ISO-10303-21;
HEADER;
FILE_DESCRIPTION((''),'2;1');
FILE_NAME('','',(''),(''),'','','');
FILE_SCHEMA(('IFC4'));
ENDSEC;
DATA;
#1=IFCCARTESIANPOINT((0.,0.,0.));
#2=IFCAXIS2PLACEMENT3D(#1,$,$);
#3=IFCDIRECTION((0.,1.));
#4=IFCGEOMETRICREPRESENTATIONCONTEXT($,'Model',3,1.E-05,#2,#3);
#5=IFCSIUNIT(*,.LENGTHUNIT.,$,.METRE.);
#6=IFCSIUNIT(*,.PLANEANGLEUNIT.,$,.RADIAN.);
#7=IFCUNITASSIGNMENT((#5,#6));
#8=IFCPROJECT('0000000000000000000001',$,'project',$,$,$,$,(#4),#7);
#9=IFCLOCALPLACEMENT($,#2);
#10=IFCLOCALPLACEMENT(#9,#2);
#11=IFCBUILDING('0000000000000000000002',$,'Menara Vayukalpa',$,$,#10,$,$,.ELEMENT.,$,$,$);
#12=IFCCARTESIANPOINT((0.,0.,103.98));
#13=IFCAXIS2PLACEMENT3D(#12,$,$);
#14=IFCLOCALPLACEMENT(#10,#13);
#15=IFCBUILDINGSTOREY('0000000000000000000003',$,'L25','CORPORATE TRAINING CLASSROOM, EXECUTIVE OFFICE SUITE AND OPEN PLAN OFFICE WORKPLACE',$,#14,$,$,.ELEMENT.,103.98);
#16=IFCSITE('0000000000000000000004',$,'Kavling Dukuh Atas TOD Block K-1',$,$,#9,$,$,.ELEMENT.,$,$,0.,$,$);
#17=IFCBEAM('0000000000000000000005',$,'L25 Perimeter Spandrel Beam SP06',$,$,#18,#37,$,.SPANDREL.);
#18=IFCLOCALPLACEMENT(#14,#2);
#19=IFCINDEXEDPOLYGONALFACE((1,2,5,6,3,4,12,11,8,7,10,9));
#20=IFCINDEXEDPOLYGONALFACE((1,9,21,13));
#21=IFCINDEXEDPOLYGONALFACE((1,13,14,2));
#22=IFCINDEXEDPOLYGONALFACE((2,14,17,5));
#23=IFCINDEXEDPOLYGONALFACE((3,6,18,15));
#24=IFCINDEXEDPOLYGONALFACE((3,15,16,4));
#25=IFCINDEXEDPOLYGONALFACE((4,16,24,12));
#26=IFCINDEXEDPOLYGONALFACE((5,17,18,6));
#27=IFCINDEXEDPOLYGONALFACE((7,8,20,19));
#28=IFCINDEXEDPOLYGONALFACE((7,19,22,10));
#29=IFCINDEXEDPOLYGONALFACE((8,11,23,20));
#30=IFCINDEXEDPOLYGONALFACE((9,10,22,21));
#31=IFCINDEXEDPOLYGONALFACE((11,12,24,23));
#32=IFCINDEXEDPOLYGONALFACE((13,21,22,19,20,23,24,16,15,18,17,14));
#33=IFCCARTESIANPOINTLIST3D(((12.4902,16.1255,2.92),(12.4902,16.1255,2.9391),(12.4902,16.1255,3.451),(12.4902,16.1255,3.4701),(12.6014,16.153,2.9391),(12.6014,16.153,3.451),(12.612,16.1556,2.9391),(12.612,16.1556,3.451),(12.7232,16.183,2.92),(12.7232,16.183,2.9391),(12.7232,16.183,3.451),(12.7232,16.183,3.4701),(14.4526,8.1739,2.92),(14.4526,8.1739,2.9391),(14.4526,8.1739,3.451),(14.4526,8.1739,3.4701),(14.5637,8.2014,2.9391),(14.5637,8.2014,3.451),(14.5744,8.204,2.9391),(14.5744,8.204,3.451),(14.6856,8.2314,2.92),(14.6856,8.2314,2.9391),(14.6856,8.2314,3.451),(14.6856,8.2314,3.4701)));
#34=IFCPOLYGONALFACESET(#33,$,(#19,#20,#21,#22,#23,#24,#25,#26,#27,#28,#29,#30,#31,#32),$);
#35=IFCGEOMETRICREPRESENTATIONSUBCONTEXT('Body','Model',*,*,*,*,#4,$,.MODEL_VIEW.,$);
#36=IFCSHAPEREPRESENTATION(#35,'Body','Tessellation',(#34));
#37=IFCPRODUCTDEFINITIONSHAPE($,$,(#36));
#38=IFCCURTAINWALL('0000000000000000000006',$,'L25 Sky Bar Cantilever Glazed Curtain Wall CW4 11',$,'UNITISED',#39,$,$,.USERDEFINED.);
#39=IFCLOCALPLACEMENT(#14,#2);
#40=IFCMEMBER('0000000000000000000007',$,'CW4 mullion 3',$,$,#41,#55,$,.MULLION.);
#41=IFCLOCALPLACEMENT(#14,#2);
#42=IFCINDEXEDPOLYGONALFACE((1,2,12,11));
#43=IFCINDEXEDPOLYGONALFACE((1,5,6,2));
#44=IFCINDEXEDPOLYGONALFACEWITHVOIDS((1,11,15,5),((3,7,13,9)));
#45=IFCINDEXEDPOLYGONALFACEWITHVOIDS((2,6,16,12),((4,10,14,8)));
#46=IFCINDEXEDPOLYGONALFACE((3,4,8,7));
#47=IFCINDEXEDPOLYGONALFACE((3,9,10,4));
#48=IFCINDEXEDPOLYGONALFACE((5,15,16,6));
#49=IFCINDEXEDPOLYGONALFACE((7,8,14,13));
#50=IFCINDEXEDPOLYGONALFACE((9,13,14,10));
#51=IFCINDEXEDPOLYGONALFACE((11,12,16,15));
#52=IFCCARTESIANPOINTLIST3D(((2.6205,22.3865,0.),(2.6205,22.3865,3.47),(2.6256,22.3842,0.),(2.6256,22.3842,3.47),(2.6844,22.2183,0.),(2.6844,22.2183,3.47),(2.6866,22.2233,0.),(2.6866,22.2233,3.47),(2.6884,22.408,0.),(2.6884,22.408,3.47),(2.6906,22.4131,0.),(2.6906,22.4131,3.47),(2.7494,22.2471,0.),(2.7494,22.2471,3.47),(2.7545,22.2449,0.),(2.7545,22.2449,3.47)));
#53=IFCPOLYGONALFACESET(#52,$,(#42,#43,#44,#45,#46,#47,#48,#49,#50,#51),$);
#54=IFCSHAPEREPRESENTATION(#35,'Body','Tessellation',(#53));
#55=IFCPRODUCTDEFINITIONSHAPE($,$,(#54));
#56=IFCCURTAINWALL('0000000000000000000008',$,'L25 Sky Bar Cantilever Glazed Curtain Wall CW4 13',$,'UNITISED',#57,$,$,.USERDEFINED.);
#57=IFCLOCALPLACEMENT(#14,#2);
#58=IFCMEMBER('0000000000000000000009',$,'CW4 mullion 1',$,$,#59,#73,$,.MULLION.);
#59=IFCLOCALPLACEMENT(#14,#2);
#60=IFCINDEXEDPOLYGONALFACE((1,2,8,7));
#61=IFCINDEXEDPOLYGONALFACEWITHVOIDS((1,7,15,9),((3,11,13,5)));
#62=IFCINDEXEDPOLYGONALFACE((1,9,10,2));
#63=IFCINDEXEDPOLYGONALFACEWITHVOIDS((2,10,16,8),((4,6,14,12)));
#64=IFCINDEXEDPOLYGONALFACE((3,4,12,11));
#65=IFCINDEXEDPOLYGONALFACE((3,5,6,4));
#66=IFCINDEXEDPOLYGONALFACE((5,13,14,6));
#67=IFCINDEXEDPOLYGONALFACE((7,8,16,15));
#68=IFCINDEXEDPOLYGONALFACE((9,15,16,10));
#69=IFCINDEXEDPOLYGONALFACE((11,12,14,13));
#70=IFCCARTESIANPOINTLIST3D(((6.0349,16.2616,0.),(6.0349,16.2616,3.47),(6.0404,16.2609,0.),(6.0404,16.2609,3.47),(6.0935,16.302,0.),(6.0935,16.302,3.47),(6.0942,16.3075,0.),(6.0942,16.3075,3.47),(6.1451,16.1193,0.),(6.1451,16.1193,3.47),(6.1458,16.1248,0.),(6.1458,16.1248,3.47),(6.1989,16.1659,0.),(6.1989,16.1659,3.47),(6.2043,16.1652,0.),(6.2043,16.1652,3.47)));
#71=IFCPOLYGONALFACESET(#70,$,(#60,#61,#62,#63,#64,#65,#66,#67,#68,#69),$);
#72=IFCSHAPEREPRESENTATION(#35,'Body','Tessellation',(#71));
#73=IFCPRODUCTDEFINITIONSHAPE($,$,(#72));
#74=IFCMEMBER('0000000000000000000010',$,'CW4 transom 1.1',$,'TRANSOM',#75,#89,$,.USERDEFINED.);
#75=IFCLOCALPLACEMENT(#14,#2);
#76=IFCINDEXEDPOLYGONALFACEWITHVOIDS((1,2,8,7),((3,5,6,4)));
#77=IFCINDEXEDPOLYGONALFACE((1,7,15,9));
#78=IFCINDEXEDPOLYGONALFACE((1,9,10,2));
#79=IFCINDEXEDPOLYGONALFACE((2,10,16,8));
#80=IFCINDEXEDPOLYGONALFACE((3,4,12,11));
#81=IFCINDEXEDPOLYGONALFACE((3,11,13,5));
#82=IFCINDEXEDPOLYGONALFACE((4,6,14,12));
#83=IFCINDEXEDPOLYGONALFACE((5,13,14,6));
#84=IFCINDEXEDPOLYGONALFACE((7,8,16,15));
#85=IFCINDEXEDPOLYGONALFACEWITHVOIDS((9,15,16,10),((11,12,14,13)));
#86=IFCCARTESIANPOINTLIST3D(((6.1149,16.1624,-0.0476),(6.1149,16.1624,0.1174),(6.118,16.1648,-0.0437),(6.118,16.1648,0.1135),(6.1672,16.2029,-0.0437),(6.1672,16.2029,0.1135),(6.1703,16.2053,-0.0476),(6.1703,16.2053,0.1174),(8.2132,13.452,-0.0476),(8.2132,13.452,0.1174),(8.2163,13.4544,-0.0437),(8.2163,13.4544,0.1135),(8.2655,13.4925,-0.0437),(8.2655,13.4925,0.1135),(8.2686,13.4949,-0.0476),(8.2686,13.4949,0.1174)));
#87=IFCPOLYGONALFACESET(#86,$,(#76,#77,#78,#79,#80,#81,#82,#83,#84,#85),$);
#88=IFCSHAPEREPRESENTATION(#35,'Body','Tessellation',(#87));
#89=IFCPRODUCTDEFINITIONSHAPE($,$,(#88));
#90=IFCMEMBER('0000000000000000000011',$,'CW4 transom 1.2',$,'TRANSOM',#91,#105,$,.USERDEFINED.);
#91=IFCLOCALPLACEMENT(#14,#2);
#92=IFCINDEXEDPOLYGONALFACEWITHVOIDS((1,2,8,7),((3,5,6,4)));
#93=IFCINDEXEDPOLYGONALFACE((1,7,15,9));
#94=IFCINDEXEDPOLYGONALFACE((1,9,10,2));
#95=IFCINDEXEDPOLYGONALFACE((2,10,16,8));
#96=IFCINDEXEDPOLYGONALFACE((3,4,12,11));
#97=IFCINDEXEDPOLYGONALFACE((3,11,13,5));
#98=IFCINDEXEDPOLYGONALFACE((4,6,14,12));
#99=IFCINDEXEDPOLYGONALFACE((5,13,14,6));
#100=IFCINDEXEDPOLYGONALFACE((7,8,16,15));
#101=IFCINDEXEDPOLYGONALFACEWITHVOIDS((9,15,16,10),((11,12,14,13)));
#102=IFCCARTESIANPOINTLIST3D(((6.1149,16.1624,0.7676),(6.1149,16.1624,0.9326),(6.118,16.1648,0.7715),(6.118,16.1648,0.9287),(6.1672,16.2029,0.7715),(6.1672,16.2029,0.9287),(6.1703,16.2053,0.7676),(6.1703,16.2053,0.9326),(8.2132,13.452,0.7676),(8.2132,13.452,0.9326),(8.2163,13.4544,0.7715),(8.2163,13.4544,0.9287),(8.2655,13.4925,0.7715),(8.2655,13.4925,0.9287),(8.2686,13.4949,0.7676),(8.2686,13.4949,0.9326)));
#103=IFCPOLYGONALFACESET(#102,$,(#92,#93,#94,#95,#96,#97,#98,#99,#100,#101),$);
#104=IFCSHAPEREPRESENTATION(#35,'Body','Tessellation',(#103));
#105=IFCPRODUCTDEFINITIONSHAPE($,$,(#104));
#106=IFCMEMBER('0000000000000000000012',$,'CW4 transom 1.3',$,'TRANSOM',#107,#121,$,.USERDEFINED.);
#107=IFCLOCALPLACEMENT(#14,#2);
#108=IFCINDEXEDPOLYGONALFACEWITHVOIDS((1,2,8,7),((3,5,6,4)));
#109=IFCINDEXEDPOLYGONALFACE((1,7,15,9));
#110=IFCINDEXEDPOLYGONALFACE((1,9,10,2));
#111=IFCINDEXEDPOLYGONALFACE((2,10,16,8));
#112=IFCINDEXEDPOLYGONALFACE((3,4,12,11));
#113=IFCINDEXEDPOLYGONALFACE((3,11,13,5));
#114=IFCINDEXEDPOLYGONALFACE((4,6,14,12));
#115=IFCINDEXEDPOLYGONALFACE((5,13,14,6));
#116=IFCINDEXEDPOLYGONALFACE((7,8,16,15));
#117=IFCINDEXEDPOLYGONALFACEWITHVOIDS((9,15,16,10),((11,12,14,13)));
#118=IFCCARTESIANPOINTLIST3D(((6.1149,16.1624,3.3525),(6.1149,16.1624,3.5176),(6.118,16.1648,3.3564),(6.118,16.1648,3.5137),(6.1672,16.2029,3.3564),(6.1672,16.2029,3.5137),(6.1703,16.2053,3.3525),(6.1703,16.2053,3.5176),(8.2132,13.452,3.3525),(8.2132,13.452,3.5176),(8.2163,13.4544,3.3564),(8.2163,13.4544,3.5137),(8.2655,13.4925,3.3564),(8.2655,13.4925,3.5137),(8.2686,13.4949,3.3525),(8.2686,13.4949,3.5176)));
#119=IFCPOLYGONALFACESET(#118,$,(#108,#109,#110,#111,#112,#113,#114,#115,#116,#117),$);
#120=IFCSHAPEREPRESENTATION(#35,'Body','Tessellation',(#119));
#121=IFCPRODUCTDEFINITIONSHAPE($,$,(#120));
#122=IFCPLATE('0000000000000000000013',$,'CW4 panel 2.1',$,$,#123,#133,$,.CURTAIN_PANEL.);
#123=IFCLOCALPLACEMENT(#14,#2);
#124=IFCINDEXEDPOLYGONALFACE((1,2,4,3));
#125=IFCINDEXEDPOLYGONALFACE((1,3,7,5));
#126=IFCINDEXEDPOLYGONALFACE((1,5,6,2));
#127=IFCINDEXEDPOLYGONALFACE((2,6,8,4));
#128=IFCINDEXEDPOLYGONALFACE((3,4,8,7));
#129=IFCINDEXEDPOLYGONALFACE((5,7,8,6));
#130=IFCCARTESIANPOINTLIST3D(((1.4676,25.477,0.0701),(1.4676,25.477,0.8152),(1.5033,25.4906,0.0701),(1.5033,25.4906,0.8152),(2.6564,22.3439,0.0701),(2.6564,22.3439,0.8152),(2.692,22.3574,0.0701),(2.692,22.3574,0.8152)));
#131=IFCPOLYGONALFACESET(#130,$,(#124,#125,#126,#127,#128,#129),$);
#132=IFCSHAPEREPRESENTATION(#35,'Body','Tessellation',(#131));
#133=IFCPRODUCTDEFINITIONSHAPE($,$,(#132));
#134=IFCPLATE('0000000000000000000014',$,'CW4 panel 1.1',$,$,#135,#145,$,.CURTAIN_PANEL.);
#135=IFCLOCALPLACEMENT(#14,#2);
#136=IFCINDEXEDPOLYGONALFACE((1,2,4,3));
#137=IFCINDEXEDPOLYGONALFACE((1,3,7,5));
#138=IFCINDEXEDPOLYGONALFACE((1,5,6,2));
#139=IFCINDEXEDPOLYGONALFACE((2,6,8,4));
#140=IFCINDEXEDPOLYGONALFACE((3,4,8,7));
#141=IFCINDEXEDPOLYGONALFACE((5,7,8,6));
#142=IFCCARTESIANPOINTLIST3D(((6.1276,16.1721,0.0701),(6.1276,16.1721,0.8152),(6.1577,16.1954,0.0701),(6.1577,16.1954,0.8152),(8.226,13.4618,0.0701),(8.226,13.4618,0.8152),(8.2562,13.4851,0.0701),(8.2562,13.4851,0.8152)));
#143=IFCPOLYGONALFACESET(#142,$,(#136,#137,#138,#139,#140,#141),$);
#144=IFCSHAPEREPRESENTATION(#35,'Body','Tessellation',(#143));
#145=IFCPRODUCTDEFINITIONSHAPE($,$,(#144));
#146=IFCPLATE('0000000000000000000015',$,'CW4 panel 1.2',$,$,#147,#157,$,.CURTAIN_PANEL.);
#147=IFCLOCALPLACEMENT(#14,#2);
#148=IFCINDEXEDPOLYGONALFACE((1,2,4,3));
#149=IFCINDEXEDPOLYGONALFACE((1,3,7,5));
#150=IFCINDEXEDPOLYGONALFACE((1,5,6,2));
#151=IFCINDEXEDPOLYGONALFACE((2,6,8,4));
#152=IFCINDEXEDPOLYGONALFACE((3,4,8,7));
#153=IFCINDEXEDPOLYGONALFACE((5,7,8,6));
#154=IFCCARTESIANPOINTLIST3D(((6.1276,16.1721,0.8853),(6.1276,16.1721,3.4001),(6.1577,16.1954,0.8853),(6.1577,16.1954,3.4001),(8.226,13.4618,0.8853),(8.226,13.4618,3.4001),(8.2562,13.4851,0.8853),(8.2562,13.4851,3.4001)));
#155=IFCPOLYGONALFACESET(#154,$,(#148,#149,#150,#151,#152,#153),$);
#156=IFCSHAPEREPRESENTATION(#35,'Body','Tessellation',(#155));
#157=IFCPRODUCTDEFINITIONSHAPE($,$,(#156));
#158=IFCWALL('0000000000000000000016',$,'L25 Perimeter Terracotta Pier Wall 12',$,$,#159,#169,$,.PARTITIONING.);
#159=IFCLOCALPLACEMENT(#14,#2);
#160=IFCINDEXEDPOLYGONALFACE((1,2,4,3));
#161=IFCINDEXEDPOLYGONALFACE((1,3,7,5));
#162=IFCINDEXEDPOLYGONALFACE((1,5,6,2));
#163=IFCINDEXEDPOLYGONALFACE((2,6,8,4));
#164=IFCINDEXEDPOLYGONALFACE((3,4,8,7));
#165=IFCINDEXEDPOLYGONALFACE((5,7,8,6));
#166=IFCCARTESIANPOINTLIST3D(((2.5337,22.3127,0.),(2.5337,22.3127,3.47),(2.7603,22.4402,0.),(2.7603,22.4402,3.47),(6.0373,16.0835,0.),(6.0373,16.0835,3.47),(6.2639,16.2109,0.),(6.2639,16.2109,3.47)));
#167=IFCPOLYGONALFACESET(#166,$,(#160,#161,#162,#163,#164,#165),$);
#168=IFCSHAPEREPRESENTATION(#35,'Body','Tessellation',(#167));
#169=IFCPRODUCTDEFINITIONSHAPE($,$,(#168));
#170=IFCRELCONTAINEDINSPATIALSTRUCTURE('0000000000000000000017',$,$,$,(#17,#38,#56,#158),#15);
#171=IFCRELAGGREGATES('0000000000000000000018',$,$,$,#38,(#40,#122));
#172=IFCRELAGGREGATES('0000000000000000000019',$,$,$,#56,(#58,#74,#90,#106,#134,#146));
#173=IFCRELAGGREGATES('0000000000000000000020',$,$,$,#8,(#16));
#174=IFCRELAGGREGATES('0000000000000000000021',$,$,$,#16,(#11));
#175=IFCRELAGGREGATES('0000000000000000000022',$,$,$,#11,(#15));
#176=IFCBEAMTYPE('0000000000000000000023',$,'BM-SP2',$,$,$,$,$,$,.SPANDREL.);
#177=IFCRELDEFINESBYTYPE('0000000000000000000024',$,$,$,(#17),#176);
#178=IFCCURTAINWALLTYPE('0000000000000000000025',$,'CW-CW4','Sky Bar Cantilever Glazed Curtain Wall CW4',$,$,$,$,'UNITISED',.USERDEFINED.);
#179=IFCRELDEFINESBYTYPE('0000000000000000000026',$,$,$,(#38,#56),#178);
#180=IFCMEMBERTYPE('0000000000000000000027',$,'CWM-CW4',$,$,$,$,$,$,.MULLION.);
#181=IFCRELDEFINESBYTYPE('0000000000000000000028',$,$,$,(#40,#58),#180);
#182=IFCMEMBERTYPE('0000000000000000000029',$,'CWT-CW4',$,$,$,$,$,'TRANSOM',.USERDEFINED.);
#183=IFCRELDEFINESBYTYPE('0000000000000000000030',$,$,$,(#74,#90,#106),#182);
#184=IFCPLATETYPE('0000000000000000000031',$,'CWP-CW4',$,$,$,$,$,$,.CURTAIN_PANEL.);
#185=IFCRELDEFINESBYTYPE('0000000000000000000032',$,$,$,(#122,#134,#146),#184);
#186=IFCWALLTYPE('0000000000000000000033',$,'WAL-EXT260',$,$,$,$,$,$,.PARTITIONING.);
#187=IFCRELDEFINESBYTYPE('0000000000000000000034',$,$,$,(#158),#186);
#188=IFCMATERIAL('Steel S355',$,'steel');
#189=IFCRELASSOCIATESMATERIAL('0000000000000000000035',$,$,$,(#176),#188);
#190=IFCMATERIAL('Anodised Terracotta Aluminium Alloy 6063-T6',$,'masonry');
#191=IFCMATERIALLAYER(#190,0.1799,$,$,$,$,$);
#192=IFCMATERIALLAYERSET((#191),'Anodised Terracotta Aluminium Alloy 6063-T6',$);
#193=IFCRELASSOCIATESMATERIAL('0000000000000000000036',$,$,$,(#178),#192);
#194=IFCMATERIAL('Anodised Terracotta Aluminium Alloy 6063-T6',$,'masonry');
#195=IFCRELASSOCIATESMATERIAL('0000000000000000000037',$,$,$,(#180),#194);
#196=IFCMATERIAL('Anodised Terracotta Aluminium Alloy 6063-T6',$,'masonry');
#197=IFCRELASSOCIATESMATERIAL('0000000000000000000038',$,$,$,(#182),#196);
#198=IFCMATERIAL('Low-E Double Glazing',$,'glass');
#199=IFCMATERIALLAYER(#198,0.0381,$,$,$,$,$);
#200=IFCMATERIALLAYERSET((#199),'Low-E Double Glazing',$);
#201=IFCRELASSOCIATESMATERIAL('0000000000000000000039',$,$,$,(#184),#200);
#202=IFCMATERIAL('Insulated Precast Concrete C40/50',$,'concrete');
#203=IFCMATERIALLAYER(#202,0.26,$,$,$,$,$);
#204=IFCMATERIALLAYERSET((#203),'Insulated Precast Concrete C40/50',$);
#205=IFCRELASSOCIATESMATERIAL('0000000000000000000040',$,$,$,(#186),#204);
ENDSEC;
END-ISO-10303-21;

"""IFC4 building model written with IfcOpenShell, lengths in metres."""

from ifc_helpers import new_model, si_unit, direction, frame, frame_2d, origin, origin_2d, place, context, subcontext, project, spatial, rectangle, hollow_rectangle, i_section, extrude, material, layer, layer_set, material_profile, profile_set, type_object, element, aggregate, save


model = new_model("IFC4")

# Units and contexts
model_context = context("Model", 3, precision=1e-05, world=origin(), true_north=direction((0.0, 1.0)))
body_context = subcontext(model_context, "Body", "Model", "MODEL_VIEW")
ifc_project = project(units=[si_unit("LENGTHUNIT", "METRE"), si_unit("PLANEANGLEUNIT", "RADIAN")], contexts=[model_context])

# Site, building, storey
site_placement = place(None, origin())
site = spatial("IfcSite", under=ifc_project, at=site_placement, Name="Kavling Dukuh Atas TOD Block K-1", CompositionType="ELEMENT", RefElevation=0.0)
building_placement = place(site_placement, origin())
building = spatial("IfcBuilding", under=site, at=building_placement, Name="Menara Vayukalpa", CompositionType="ELEMENT")
storey_placement = place(building_placement, frame((0.0, 0.0, 103.98)))
storey = spatial("IfcBuildingStorey", under=building, at=storey_placement, Name="L25", Description="CORPORATE TRAINING CLASSROOM, EXECUTIVE OFFICE SUITE AND OPEN PLAN OFFICE WORKPLACE", CompositionType="ELEMENT", Elevation=103.98)

# Beam
ifc_material_1 = material(Name="Steel S355", Category="steel")
ifc_material_profile_1 = material_profile(ifc_material_1, i_section(OverallWidth=0.24, OverallDepth=0.55, WebThickness=0.011, FlangeThickness=0.019, at=origin_2d()), Name="WF 550x240x11x19")
ifc_profile_set_1 = profile_set([ifc_material_profile_1], Name="Steel S355")
beam_type_1 = type_object("IfcBeamType", Name="BM-SP2", PredefinedType="SPANDREL", material=ifc_profile_set_1)
beam_1_placement = place(storey_placement, frame((12.6067, 16.1543, 3.1951), z_axis=(0.239603, -0.970871, 0.0), x_axis=(0.970871, 0.239603, 0.0)))
element("IfcBeam", 1, at=beam_1_placement, inside=storey, type_object=beam_type_1, Name="L25 Perimeter Spandrel Beam SP06", PredefinedType="SPANDREL", context=body_context, shape_type="SweptSolid", body=[
    extrude(i_section(OverallWidth=0.24, OverallDepth=0.55, WebThickness=0.011, FlangeThickness=0.019, at=origin_2d()), origin(), (0.0, 0.0, 1.0), 8.1902),
])

# Curtain wall, member
ifc_material_2 = material(Name="Anodised Terracotta Aluminium Alloy 6063-T6", Category="masonry")
ifc_layer_1 = layer(ifc_material_2, 0.1799)
ifc_layer_set_1 = layer_set([ifc_layer_1], Name="Anodised Terracotta Aluminium Alloy 6063-T6")
curtain_wall_type = type_object("IfcCurtainWallType", Name="CW-CW4", Description="Sky Bar Cantilever Glazed Curtain Wall CW4", ElementType="UNITISED", PredefinedType="USERDEFINED", material=ifc_layer_set_1)
curtain_wall_1_placement = place(storey_placement, origin())
curtain_wall_1 = element("IfcCurtainWall", 2, at=curtain_wall_1_placement, inside=storey, type_object=curtain_wall_type, Name="L25 Sky Bar Cantilever Glazed Curtain Wall CW4 11", ObjectType="UNITISED", PredefinedType="USERDEFINED")
ifc_material_3 = material(Name="Anodised Terracotta Aluminium Alloy 6063-T6", Category="masonry")
ifc_material_profile_2 = material_profile(ifc_material_3, hollow_rectangle(XDim=0.075, YDim=0.1799, WallThickness=0.0039, at=origin_2d()), Name="ALU 75x180x4")
ifc_profile_set_2 = profile_set([ifc_material_profile_2], Name="Anodised Terracotta Aluminium Alloy 6063-T6")
member_type_1 = type_object("IfcMemberType", Name="CWM-CW4", PredefinedType="MULLION", material=ifc_profile_set_2)
member_1_placement = place(storey_placement, frame((2.6875, 22.3157, 0.0), z_axis=(0.0, 0.0, 1.0), x_axis=(0.934964, 0.354742, 0.0)))
member_1 = element("IfcMember", 3, at=member_1_placement, type_object=member_type_1, Name="CW4 mullion 3", PredefinedType="MULLION", context=body_context, shape_type="SweptSolid", body=[
    extrude(hollow_rectangle(XDim=0.075, YDim=0.1799, WallThickness=0.0039, at=origin_2d()), origin(), (0.0, 0.0, 1.0), 3.47),
])

# Curtain wall, members
curtain_wall_2_placement = place(storey_placement, origin())
curtain_wall_2 = element("IfcCurtainWall", 4, at=curtain_wall_2_placement, inside=storey, type_object=curtain_wall_type, Name="L25 Sky Bar Cantilever Glazed Curtain Wall CW4 13", ObjectType="UNITISED", PredefinedType="USERDEFINED")
member_2_placement = place(storey_placement, frame((6.1196, 16.2134, 0.0), z_axis=(0.0, 0.0, 1.0), x_axis=(0.790712, 0.612189, 0.0)))
member_2 = element("IfcMember", 5, at=member_2_placement, type_object=member_type_1, Name="CW4 mullion 1", PredefinedType="MULLION", context=body_context, shape_type="SweptSolid", body=[
    extrude(hollow_rectangle(XDim=0.075, YDim=0.1799, WallThickness=0.0039, at=origin_2d()), origin(), (0.0, 0.0, 1.0), 3.47),
])
ifc_material_4 = material(Name="Anodised Terracotta Aluminium Alloy 6063-T6", Category="masonry")
ifc_material_profile_3 = material_profile(ifc_material_4, hollow_rectangle(XDim=0.0701, YDim=0.165, WallThickness=0.0039, at=origin_2d()), Name="ALU 70x165x4")
ifc_profile_set_3 = profile_set([ifc_material_profile_3], Name="Anodised Terracotta Aluminium Alloy 6063-T6")
member_type_2 = type_object("IfcMemberType", Name="CWT-CW4", ElementType="TRANSOM", PredefinedType="USERDEFINED", material=ifc_profile_set_3)
member_3_placement = place(storey_placement, frame((6.1426, 16.1838, 0.0349), z_axis=(0.612169, -0.790727, 0.0), x_axis=(0.790727, 0.612169, 0.0)))
member_3 = element("IfcMember", 6, at=member_3_placement, type_object=member_type_2, Name="CW4 transom 1.1", ObjectType="TRANSOM", PredefinedType="USERDEFINED", context=body_context, shape_type="SweptSolid", body=[
    extrude(hollow_rectangle(XDim=0.0701, YDim=0.165, WallThickness=0.0039, at=origin_2d()), origin(), (0.0, 0.0, 1.0), 3.4277),
])
member_4_placement = place(storey_placement, frame((6.1426, 16.1838, 0.8501), z_axis=(0.612169, -0.790727, 0.0), x_axis=(0.790727, 0.612169, 0.0)))
member_4 = element("IfcMember", 7, at=member_4_placement, type_object=member_type_2, Name="CW4 transom 1.2", ObjectType="TRANSOM", PredefinedType="USERDEFINED", context=body_context, shape_type="SweptSolid", body=[
    extrude(hollow_rectangle(XDim=0.0701, YDim=0.165, WallThickness=0.0039, at=origin_2d()), origin(), (0.0, 0.0, 1.0), 3.4277),
])
member_5_placement = place(storey_placement, frame((6.1426, 16.1838, 3.4351), z_axis=(0.612169, -0.790727, 0.0), x_axis=(0.790727, 0.612169, 0.0)))
member_5 = element("IfcMember", 8, at=member_5_placement, type_object=member_type_2, Name="CW4 transom 1.3", ObjectType="TRANSOM", PredefinedType="USERDEFINED", context=body_context, shape_type="SweptSolid", body=[
    extrude(hollow_rectangle(XDim=0.0701, YDim=0.165, WallThickness=0.0039, at=origin_2d()), origin(), (0.0, 0.0, 1.0), 3.4277),
])

# Plates
ifc_material_5 = material(Name="Low-E Double Glazing", Category="glass")
ifc_layer_2 = layer(ifc_material_5, 0.0381)
ifc_layer_set_2 = layer_set([ifc_layer_2], Name="Low-E Double Glazing")
plate_type = type_object("IfcPlateType", Name="CWP-CW4", PredefinedType="CURTAIN_PANEL", material=ifc_layer_set_2)
plate_1_placement = place(storey_placement, frame((2.0798, 23.9172, 0.0701), z_axis=(0.0, 0.0, 1.0), x_axis=(0.354742, -0.934964, 0.0)))
plate_1 = element("IfcPlate", 9, at=plate_1_placement, type_object=plate_type, Name="CW4 panel 2.1", PredefinedType="CURTAIN_PANEL", context=body_context, shape_type="SweptSolid", body=[
    extrude(rectangle(XDim=3.3511, YDim=0.0381, at=origin_2d()), origin(), (0.0, 0.0, 1.0), 0.7451),
])
aggregate(curtain_wall_1, [member_1, plate_1])
plate_2_placement = place(storey_placement, frame((7.1919, 14.8286, 0.0701), z_axis=(0.0, 0.0, 1.0), x_axis=(0.612189, -0.790712, 0.0)))
plate_2 = element("IfcPlate", 10, at=plate_2_placement, type_object=plate_type, Name="CW4 panel 1.1", PredefinedType="CURTAIN_PANEL", context=body_context, shape_type="SweptSolid", body=[
    extrude(rectangle(XDim=3.4277, YDim=0.0381, at=origin_2d()), origin(), (0.0, 0.0, 1.0), 0.7451),
])
plate_3_placement = place(storey_placement, frame((7.1919, 14.8286, 0.8853), z_axis=(0.0, 0.0, 1.0), x_axis=(0.612189, -0.790712, 0.0)))
plate_3 = element("IfcPlate", 11, at=plate_3_placement, type_object=plate_type, Name="CW4 panel 1.2", PredefinedType="CURTAIN_PANEL", context=body_context, shape_type="SweptSolid", body=[
    extrude(rectangle(XDim=3.4277, YDim=0.0381, at=origin_2d()), origin(), (0.0, 0.0, 1.0), 2.5149),
])
aggregate(curtain_wall_2, [member_2, member_3, member_4, member_5, plate_2, plate_3])

# Wall
ifc_material_6 = material(Name="Insulated Precast Concrete C40/50", Category="concrete")
ifc_layer_3 = layer(ifc_material_6, 0.26)
ifc_layer_set_3 = layer_set([ifc_layer_3], Name="Insulated Precast Concrete C40/50")
wall_type_1 = type_object("IfcWallType", Name="WAL-EXT260", PredefinedType="PARTITIONING", material=ifc_layer_set_3)
wall_1_placement = place(storey_placement, frame((6.1506, 16.1472, 0.0), z_axis=(0.0, 0.0, 1.0), x_axis=(-0.49023, 0.871593, 0.0)))
element("IfcWall", 12, at=wall_1_placement, inside=storey, type_object=wall_type_1, Name="L25 Perimeter Terracotta Pier Wall 12", PredefinedType="PARTITIONING", context=body_context, shape_type="SweptSolid", body=[
    extrude(rectangle(XDim=7.147, YDim=0.26, at=frame_2d((3.5735, 0.0))), origin(), (0.0, 0.0, 1.0), 3.47),
])

save(model, "model.ifc")
